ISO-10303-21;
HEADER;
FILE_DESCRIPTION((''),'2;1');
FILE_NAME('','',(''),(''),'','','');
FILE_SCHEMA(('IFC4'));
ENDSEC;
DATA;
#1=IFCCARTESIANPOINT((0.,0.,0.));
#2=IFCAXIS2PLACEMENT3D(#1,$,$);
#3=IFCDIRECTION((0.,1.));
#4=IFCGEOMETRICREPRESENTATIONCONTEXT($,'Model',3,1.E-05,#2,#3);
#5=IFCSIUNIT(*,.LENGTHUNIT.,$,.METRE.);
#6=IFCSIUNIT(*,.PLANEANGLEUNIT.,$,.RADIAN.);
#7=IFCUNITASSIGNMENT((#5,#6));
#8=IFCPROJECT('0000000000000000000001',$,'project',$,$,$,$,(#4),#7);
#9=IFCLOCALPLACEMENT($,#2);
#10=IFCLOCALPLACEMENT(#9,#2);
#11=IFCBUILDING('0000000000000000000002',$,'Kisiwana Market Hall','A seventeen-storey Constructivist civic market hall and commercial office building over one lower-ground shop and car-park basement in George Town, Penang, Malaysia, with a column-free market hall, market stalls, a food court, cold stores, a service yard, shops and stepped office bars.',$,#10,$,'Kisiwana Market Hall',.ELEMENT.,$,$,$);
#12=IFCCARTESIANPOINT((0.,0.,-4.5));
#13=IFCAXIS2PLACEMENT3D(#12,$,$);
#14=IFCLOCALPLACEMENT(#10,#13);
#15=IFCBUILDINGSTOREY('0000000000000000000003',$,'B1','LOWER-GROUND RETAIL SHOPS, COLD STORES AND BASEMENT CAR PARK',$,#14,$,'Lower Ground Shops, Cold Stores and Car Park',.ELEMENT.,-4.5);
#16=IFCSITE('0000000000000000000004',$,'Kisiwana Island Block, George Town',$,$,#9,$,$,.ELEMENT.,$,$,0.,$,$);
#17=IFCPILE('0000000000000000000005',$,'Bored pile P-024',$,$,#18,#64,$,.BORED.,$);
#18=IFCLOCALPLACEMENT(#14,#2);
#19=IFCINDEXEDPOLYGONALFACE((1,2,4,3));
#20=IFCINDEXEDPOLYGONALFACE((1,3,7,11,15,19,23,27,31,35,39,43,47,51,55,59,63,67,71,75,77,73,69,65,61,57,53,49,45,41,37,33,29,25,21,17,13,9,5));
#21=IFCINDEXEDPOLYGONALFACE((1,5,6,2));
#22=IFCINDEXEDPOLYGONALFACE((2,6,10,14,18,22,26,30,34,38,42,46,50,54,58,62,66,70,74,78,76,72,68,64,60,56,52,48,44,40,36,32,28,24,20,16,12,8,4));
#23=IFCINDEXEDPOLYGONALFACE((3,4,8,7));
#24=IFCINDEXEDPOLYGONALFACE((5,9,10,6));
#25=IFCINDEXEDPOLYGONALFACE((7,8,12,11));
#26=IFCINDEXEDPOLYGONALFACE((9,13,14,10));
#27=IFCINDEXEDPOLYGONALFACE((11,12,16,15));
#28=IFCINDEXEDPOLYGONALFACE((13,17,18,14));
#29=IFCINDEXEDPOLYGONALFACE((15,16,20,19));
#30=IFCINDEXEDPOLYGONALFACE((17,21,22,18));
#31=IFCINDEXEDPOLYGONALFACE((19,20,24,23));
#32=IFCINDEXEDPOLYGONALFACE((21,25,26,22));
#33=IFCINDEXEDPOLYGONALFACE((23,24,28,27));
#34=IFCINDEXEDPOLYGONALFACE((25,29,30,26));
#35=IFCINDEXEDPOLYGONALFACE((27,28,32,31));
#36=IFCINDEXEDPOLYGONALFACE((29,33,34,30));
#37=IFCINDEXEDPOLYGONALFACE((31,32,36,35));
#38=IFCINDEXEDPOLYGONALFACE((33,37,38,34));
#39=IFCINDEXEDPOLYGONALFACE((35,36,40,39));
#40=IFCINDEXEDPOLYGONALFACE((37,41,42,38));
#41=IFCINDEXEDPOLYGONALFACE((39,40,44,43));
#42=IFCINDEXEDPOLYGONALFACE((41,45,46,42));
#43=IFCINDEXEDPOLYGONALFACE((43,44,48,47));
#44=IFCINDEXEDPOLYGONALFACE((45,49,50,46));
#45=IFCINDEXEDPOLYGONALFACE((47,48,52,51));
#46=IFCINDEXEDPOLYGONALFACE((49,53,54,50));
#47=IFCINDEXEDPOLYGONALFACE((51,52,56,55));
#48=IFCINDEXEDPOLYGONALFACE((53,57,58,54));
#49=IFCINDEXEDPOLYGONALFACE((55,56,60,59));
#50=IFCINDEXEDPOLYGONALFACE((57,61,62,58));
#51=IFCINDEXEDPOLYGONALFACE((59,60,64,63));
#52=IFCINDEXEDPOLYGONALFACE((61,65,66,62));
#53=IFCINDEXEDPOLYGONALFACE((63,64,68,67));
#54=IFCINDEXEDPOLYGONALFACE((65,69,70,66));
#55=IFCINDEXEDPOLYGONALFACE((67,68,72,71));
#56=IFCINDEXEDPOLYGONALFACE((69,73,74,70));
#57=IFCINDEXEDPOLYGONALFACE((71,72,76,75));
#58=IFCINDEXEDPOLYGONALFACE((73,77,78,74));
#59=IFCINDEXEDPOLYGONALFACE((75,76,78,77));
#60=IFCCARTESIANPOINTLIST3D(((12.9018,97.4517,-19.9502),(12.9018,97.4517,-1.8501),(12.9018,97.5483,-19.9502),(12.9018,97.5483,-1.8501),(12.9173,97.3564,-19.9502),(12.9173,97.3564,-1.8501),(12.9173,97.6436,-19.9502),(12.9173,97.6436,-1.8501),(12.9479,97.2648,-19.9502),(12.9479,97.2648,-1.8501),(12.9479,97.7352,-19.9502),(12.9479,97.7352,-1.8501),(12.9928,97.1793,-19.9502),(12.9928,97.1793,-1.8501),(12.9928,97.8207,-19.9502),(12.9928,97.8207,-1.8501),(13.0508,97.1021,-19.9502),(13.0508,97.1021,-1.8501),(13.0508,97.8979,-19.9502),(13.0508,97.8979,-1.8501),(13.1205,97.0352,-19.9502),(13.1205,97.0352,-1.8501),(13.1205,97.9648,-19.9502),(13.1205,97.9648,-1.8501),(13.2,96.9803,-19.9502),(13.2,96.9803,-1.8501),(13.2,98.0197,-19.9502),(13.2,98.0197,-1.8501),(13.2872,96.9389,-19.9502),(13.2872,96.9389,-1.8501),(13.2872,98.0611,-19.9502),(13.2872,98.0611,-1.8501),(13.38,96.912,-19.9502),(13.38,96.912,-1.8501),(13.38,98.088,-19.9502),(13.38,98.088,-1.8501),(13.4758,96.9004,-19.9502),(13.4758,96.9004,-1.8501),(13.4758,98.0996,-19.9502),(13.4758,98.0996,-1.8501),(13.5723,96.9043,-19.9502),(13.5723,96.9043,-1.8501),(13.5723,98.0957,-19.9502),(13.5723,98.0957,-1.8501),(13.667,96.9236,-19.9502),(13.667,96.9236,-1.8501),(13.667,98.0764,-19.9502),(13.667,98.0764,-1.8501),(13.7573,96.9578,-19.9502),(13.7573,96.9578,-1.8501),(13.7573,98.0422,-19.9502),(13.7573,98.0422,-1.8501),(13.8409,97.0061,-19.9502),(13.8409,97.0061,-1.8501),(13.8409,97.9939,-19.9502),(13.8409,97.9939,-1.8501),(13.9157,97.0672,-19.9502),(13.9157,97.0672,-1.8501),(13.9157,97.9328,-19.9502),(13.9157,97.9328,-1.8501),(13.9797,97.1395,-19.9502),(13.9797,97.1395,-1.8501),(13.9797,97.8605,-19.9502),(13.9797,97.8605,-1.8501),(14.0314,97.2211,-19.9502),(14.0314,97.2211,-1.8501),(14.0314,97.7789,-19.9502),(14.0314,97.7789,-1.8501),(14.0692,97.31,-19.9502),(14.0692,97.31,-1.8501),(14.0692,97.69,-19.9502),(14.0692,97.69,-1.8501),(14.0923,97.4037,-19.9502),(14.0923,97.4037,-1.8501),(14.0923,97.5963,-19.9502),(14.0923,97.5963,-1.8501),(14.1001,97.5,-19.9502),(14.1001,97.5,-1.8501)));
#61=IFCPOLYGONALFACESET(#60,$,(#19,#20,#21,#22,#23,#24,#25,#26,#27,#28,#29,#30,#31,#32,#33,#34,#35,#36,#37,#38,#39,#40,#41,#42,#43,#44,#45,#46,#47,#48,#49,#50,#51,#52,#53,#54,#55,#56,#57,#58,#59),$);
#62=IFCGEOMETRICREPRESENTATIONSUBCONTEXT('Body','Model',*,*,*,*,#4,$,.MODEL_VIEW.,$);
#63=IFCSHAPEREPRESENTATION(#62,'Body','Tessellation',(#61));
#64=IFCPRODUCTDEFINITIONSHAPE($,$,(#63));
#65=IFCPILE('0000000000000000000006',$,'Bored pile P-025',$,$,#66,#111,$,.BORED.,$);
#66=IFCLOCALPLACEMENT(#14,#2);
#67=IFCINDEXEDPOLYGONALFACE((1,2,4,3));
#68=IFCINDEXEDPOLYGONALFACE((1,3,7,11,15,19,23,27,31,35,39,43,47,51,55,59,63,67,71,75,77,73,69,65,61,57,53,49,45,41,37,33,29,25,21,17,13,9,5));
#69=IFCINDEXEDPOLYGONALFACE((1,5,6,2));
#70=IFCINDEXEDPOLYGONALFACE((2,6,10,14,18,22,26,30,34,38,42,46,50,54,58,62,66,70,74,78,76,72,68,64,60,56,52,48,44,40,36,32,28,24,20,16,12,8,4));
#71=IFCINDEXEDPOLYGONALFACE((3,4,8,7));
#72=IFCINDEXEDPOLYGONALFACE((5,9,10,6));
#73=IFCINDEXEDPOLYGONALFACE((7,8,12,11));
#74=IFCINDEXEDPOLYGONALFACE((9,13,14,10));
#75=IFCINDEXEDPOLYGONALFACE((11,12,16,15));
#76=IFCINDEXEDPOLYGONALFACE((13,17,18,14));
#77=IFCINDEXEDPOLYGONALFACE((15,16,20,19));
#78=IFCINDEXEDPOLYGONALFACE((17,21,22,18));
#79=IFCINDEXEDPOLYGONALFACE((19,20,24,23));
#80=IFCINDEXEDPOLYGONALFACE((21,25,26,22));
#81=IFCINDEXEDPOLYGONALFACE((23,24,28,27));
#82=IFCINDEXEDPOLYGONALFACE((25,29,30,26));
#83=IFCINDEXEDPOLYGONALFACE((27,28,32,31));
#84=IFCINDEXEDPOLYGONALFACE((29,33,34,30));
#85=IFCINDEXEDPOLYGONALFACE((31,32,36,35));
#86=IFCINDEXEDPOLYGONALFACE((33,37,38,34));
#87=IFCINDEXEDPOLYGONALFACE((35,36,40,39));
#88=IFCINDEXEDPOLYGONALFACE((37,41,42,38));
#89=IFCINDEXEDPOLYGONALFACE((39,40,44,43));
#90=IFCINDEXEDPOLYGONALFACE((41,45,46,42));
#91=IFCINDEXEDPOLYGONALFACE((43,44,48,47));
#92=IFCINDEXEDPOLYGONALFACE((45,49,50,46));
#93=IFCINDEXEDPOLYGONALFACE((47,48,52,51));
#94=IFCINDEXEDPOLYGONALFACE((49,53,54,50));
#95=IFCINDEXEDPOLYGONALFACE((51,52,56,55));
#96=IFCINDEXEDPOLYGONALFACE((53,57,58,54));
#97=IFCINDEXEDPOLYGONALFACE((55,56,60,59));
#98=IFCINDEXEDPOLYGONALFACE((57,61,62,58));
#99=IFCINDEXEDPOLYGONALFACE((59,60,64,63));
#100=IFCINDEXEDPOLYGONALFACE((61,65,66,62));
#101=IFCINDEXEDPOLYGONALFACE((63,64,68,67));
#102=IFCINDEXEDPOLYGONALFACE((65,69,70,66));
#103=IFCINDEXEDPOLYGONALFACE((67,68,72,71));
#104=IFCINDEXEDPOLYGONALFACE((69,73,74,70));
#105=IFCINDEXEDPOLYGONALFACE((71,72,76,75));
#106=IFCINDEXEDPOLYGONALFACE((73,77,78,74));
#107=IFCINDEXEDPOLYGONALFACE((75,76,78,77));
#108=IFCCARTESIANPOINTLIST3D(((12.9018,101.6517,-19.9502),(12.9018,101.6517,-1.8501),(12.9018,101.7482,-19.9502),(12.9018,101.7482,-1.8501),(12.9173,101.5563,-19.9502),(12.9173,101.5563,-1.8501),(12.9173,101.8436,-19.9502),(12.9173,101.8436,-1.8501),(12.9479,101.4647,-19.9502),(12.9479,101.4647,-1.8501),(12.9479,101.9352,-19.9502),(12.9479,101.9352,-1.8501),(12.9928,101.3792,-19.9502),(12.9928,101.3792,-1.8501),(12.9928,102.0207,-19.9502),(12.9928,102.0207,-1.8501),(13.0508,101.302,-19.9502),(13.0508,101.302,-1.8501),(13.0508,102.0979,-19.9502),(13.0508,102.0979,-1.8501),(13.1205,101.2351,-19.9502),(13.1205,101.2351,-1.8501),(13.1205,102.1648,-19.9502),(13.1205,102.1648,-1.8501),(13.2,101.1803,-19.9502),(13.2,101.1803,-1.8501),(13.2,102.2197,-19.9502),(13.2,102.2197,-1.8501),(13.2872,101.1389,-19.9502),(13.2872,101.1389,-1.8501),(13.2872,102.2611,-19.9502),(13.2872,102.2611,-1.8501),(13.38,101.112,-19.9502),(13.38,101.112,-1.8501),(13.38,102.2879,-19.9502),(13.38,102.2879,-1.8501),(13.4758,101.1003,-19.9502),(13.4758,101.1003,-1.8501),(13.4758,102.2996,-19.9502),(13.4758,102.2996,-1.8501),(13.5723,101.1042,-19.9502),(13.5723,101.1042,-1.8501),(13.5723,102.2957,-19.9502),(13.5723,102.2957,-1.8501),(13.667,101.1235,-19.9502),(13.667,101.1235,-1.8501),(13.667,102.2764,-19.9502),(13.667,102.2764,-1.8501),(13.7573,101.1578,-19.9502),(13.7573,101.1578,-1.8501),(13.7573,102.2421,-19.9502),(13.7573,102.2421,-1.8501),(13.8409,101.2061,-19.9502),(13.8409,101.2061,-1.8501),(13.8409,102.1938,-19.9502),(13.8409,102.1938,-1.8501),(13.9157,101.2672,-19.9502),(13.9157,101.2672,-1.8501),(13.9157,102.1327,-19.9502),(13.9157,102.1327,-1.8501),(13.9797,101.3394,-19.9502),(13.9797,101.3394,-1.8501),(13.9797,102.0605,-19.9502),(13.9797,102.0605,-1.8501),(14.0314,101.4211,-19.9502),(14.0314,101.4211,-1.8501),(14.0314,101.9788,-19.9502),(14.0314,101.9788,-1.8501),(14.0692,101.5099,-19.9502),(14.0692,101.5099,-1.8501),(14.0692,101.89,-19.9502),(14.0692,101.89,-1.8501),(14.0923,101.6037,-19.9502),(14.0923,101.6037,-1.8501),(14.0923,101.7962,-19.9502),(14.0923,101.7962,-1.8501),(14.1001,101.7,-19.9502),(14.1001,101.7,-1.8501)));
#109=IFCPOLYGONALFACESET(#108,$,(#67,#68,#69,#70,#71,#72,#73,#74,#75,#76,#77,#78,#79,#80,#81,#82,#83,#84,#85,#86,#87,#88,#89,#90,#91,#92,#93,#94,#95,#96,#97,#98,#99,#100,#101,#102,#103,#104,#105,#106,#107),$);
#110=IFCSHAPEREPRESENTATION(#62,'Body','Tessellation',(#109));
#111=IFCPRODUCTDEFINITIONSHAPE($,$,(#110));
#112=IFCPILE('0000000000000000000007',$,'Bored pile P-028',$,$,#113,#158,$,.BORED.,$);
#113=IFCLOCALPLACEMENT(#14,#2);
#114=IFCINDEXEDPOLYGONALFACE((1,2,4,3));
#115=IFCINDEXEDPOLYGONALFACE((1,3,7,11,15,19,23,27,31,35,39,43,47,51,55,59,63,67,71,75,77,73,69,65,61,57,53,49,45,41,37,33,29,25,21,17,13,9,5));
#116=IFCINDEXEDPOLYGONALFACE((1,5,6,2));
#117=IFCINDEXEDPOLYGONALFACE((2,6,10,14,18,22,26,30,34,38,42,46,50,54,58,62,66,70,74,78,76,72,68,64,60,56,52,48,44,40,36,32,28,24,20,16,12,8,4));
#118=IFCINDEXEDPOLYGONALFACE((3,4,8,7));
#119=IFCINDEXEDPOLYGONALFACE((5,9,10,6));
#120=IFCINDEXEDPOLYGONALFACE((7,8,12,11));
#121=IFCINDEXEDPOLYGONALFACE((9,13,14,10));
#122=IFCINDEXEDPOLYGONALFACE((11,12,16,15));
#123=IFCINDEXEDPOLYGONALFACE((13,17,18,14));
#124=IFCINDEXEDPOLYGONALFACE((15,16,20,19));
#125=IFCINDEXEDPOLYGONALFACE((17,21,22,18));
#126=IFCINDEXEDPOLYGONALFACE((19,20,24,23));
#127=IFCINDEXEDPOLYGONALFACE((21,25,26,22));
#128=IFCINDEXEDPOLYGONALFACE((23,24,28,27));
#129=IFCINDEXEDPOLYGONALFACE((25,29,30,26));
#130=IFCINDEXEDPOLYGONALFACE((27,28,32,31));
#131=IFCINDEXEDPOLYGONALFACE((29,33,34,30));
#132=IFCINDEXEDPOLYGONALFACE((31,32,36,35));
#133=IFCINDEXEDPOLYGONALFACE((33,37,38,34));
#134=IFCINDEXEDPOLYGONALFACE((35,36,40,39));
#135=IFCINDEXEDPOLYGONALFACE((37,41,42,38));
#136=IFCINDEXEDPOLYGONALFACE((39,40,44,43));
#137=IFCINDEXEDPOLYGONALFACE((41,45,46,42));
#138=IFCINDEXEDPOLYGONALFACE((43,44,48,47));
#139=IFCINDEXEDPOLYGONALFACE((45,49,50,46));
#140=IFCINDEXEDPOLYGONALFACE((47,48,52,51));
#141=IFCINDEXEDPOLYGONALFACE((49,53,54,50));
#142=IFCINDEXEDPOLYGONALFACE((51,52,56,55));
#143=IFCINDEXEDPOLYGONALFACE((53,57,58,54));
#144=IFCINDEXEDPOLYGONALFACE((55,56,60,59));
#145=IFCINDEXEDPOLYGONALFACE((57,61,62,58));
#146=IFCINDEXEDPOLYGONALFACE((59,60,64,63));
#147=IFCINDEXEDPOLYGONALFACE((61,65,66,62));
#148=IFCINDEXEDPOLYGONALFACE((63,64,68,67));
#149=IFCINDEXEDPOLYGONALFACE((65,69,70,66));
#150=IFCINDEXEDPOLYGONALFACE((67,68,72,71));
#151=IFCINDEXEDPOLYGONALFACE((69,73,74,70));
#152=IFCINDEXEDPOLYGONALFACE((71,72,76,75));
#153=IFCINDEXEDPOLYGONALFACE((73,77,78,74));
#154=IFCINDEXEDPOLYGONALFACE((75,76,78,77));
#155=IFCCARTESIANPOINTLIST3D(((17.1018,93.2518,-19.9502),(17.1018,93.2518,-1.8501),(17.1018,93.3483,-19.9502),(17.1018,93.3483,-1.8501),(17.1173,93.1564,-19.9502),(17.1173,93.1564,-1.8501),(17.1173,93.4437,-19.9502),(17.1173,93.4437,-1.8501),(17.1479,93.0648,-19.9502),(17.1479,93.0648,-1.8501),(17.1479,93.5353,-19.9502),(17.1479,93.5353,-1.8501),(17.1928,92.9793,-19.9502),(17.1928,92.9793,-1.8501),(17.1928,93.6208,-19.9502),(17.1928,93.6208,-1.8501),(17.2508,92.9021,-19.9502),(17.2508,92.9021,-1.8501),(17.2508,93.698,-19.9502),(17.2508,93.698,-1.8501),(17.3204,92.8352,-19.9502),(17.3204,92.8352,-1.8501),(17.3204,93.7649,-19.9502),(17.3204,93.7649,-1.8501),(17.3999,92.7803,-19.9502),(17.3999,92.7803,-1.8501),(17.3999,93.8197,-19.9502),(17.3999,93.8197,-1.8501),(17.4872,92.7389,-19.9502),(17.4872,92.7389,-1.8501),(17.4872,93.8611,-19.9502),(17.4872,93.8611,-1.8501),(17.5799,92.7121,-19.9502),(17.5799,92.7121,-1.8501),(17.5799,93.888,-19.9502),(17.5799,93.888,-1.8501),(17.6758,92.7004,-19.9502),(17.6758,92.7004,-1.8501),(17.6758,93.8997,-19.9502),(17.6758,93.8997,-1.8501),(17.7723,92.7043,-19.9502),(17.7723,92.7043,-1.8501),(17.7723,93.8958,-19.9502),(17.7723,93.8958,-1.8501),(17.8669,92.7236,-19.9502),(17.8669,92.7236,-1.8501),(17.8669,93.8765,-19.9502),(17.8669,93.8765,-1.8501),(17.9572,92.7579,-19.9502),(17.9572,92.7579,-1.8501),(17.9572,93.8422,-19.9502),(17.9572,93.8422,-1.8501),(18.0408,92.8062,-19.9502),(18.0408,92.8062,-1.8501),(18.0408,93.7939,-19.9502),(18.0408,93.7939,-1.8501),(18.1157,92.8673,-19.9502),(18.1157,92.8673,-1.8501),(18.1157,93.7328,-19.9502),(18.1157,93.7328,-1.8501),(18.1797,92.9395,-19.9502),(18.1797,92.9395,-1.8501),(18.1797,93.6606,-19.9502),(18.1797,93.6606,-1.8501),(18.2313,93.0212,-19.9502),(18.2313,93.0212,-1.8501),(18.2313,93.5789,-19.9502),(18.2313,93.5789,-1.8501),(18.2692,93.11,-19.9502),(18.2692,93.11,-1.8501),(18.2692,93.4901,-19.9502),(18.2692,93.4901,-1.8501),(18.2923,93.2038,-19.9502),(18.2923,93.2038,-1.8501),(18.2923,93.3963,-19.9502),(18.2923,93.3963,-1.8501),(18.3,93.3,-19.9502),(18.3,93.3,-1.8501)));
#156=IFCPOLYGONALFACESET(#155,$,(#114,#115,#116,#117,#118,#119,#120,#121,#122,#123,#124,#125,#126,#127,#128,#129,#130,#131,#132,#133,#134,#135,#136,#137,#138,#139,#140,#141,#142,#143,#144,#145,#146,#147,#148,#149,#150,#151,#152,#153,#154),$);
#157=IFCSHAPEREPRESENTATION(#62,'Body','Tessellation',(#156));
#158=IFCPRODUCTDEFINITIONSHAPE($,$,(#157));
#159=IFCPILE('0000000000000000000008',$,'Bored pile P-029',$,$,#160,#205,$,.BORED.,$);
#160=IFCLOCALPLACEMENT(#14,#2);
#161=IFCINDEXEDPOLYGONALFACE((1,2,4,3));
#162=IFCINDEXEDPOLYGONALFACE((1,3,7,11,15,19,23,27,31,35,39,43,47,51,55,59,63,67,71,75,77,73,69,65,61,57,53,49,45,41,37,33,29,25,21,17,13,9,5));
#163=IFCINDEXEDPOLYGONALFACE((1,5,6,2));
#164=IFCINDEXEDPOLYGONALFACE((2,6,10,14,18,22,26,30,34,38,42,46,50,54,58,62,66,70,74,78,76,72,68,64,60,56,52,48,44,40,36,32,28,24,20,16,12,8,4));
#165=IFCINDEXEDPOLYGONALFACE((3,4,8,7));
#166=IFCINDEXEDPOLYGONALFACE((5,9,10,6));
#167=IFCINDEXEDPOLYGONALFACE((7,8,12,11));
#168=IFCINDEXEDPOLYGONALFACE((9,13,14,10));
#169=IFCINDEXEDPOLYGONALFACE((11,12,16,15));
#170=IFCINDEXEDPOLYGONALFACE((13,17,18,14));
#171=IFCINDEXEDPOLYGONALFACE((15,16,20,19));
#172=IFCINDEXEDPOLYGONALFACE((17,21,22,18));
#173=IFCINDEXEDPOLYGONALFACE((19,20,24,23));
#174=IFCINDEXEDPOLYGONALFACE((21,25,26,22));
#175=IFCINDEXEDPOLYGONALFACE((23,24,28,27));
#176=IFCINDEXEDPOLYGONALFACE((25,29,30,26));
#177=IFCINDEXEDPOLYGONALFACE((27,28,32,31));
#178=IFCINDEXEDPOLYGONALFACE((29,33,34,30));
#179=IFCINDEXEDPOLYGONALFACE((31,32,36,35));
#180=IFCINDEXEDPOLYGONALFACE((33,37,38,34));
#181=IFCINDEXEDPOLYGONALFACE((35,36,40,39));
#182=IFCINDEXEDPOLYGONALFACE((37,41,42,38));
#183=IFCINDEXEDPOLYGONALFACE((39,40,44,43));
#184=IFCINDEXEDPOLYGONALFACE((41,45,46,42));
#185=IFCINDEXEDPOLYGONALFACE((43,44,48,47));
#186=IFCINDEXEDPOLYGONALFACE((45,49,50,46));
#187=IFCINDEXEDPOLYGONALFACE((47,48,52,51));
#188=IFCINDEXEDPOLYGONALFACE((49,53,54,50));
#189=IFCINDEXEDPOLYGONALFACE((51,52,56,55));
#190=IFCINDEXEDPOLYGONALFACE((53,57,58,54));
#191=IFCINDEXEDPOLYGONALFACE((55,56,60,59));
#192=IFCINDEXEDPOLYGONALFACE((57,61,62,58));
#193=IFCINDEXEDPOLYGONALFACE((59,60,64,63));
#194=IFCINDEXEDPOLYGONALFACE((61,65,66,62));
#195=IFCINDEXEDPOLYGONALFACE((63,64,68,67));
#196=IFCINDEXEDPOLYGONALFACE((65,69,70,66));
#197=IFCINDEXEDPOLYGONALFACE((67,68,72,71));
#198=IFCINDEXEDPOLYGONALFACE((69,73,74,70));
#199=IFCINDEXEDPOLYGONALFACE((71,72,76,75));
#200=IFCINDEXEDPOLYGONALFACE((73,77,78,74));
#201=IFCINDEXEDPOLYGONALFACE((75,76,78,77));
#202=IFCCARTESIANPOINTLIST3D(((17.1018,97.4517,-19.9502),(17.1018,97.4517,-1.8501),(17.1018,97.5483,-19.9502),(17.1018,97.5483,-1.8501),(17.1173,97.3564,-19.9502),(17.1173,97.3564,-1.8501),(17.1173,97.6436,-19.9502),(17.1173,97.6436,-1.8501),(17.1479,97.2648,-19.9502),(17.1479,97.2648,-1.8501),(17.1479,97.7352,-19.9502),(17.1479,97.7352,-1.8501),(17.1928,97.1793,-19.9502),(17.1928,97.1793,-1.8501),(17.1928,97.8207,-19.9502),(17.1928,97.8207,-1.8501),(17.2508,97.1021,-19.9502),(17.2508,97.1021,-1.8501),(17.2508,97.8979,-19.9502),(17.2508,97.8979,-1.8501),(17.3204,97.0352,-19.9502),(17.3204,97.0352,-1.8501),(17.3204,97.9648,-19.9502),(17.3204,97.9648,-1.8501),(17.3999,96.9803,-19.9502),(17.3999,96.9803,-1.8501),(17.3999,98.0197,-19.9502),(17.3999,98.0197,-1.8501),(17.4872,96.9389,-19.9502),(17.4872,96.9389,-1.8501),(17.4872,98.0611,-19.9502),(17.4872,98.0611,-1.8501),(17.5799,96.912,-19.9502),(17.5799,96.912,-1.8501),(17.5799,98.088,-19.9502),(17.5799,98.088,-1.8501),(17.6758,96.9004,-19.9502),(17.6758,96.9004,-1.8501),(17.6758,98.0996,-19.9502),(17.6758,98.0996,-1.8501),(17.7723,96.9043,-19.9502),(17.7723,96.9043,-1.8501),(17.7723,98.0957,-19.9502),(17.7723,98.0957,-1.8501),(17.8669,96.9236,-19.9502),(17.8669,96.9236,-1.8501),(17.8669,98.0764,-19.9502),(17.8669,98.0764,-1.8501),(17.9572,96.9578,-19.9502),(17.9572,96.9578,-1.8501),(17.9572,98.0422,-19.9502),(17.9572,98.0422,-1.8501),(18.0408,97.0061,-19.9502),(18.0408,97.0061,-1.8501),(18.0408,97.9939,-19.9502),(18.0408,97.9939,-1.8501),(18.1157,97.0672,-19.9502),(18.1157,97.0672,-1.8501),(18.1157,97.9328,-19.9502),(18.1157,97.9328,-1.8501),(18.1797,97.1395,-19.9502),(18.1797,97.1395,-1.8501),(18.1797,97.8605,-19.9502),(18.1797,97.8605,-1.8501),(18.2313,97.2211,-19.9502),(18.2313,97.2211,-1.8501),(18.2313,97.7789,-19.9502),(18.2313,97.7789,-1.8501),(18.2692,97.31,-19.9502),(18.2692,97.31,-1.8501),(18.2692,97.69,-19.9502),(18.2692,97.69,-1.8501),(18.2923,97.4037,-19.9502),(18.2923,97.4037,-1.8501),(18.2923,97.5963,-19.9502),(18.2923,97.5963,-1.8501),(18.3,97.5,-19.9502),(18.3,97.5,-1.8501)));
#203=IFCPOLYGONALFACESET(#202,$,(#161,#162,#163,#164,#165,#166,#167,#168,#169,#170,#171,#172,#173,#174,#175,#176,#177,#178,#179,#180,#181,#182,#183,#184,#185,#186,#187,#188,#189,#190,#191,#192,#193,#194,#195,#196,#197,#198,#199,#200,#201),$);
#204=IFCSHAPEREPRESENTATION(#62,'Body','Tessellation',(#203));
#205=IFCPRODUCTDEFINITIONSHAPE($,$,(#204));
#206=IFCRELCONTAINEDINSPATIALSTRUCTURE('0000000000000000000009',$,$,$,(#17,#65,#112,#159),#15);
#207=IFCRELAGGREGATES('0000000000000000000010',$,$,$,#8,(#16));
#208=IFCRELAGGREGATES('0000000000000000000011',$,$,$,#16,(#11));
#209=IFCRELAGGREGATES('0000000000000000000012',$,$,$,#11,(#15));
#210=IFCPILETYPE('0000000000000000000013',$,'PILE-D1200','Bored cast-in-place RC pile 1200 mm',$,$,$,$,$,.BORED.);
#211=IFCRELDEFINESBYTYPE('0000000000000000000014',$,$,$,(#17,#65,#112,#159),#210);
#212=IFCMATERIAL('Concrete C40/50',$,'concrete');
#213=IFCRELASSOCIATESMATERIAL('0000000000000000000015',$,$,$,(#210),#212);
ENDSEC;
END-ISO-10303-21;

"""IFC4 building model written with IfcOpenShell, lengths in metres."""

from ifc_helpers import new_model, si_unit, direction, frame, origin, origin_2d, place, context, subcontext, project, spatial, circle, extrude, material, material_profile, profile_set, type_object, element, save


model = new_model("IFC4")

# Units and contexts
model_context = context("Model", 3, precision=1e-05, world=origin(), true_north=direction((0.0, 1.0)))
body_context = subcontext(model_context, "Body", "Model", "MODEL_VIEW")
ifc_project = project(units=[si_unit("LENGTHUNIT", "METRE"), si_unit("PLANEANGLEUNIT", "RADIAN")], contexts=[model_context])

# Site, building, storey
site_placement = place(None, origin())
site = spatial("IfcSite", under=ifc_project, at=site_placement, Name="Kisiwana Island Block, George Town", CompositionType="ELEMENT", RefElevation=0.0)
building_placement = place(site_placement, origin())
building = spatial("IfcBuilding", under=site, at=building_placement, Name="Kisiwana Market Hall", Description="A seventeen-storey Constructivist civic market hall and commercial office building over one lower-ground shop and car-park basement in George Town, Penang, Malaysia, with a column-free market hall, market stalls, a food court, cold stores, a service yard, shops and stepped office bars.", LongName="Kisiwana Market Hall", CompositionType="ELEMENT")
storey_placement = place(building_placement, frame((0.0, 0.0, -4.5)))
storey = spatial("IfcBuildingStorey", under=building, at=storey_placement, Name="B1", Description="LOWER-GROUND RETAIL SHOPS, COLD STORES AND BASEMENT CAR PARK", LongName="Lower Ground Shops, Cold Stores and Car Park", CompositionType="ELEMENT", Elevation=-4.5)

# Piles
ifc_material_1 = material(Name="Concrete C40/50", Category="concrete")
ifc_material_profile_1 = material_profile(ifc_material_1, circle(Radius=0.6001, at=origin_2d()), Name="BP D1200")
ifc_profile_set_1 = profile_set([ifc_material_profile_1], Name="Concrete C40/50")
pile_type_1 = type_object("IfcPileType", Name="PILE-D1200", Description="Bored cast-in-place RC pile 1200 mm", PredefinedType="BORED", material=ifc_profile_set_1)
for number, where, z_axis, x_axis, name in (
    (1, (13.5, 97.5, -1.8501), (0.0, 0.0, -1.0), (1.0, 0.0, 0.0), "Bored pile P-024"),
    (2, (13.5, 101.7, -1.8501), (0.0, 0.0, -1.0), (1.0, 0.0, 0.0), "Bored pile P-025"),
    (3, (17.7, 93.3, -1.8501), (0.0, 0.0, -1.0), (1.0, 0.0, 0.0), "Bored pile P-028"),
    (4, (17.7, 97.5, -1.8501), (0.0, 0.0, -1.0), (1.0, 0.0, 0.0), "Bored pile P-029"),
):
    element("IfcPile", number, at=place(storey_placement, frame(where, z_axis=z_axis, x_axis=x_axis)), inside=storey, type_object=pile_type_1, Name=name, PredefinedType="BORED", context=body_context, shape_type="SweptSolid", body=[
        extrude(circle(Radius=0.6001, at=origin_2d()), origin(), (0.0, 0.0, 1.0), 18.1001),
    ])

save(model, "model.ifc")
